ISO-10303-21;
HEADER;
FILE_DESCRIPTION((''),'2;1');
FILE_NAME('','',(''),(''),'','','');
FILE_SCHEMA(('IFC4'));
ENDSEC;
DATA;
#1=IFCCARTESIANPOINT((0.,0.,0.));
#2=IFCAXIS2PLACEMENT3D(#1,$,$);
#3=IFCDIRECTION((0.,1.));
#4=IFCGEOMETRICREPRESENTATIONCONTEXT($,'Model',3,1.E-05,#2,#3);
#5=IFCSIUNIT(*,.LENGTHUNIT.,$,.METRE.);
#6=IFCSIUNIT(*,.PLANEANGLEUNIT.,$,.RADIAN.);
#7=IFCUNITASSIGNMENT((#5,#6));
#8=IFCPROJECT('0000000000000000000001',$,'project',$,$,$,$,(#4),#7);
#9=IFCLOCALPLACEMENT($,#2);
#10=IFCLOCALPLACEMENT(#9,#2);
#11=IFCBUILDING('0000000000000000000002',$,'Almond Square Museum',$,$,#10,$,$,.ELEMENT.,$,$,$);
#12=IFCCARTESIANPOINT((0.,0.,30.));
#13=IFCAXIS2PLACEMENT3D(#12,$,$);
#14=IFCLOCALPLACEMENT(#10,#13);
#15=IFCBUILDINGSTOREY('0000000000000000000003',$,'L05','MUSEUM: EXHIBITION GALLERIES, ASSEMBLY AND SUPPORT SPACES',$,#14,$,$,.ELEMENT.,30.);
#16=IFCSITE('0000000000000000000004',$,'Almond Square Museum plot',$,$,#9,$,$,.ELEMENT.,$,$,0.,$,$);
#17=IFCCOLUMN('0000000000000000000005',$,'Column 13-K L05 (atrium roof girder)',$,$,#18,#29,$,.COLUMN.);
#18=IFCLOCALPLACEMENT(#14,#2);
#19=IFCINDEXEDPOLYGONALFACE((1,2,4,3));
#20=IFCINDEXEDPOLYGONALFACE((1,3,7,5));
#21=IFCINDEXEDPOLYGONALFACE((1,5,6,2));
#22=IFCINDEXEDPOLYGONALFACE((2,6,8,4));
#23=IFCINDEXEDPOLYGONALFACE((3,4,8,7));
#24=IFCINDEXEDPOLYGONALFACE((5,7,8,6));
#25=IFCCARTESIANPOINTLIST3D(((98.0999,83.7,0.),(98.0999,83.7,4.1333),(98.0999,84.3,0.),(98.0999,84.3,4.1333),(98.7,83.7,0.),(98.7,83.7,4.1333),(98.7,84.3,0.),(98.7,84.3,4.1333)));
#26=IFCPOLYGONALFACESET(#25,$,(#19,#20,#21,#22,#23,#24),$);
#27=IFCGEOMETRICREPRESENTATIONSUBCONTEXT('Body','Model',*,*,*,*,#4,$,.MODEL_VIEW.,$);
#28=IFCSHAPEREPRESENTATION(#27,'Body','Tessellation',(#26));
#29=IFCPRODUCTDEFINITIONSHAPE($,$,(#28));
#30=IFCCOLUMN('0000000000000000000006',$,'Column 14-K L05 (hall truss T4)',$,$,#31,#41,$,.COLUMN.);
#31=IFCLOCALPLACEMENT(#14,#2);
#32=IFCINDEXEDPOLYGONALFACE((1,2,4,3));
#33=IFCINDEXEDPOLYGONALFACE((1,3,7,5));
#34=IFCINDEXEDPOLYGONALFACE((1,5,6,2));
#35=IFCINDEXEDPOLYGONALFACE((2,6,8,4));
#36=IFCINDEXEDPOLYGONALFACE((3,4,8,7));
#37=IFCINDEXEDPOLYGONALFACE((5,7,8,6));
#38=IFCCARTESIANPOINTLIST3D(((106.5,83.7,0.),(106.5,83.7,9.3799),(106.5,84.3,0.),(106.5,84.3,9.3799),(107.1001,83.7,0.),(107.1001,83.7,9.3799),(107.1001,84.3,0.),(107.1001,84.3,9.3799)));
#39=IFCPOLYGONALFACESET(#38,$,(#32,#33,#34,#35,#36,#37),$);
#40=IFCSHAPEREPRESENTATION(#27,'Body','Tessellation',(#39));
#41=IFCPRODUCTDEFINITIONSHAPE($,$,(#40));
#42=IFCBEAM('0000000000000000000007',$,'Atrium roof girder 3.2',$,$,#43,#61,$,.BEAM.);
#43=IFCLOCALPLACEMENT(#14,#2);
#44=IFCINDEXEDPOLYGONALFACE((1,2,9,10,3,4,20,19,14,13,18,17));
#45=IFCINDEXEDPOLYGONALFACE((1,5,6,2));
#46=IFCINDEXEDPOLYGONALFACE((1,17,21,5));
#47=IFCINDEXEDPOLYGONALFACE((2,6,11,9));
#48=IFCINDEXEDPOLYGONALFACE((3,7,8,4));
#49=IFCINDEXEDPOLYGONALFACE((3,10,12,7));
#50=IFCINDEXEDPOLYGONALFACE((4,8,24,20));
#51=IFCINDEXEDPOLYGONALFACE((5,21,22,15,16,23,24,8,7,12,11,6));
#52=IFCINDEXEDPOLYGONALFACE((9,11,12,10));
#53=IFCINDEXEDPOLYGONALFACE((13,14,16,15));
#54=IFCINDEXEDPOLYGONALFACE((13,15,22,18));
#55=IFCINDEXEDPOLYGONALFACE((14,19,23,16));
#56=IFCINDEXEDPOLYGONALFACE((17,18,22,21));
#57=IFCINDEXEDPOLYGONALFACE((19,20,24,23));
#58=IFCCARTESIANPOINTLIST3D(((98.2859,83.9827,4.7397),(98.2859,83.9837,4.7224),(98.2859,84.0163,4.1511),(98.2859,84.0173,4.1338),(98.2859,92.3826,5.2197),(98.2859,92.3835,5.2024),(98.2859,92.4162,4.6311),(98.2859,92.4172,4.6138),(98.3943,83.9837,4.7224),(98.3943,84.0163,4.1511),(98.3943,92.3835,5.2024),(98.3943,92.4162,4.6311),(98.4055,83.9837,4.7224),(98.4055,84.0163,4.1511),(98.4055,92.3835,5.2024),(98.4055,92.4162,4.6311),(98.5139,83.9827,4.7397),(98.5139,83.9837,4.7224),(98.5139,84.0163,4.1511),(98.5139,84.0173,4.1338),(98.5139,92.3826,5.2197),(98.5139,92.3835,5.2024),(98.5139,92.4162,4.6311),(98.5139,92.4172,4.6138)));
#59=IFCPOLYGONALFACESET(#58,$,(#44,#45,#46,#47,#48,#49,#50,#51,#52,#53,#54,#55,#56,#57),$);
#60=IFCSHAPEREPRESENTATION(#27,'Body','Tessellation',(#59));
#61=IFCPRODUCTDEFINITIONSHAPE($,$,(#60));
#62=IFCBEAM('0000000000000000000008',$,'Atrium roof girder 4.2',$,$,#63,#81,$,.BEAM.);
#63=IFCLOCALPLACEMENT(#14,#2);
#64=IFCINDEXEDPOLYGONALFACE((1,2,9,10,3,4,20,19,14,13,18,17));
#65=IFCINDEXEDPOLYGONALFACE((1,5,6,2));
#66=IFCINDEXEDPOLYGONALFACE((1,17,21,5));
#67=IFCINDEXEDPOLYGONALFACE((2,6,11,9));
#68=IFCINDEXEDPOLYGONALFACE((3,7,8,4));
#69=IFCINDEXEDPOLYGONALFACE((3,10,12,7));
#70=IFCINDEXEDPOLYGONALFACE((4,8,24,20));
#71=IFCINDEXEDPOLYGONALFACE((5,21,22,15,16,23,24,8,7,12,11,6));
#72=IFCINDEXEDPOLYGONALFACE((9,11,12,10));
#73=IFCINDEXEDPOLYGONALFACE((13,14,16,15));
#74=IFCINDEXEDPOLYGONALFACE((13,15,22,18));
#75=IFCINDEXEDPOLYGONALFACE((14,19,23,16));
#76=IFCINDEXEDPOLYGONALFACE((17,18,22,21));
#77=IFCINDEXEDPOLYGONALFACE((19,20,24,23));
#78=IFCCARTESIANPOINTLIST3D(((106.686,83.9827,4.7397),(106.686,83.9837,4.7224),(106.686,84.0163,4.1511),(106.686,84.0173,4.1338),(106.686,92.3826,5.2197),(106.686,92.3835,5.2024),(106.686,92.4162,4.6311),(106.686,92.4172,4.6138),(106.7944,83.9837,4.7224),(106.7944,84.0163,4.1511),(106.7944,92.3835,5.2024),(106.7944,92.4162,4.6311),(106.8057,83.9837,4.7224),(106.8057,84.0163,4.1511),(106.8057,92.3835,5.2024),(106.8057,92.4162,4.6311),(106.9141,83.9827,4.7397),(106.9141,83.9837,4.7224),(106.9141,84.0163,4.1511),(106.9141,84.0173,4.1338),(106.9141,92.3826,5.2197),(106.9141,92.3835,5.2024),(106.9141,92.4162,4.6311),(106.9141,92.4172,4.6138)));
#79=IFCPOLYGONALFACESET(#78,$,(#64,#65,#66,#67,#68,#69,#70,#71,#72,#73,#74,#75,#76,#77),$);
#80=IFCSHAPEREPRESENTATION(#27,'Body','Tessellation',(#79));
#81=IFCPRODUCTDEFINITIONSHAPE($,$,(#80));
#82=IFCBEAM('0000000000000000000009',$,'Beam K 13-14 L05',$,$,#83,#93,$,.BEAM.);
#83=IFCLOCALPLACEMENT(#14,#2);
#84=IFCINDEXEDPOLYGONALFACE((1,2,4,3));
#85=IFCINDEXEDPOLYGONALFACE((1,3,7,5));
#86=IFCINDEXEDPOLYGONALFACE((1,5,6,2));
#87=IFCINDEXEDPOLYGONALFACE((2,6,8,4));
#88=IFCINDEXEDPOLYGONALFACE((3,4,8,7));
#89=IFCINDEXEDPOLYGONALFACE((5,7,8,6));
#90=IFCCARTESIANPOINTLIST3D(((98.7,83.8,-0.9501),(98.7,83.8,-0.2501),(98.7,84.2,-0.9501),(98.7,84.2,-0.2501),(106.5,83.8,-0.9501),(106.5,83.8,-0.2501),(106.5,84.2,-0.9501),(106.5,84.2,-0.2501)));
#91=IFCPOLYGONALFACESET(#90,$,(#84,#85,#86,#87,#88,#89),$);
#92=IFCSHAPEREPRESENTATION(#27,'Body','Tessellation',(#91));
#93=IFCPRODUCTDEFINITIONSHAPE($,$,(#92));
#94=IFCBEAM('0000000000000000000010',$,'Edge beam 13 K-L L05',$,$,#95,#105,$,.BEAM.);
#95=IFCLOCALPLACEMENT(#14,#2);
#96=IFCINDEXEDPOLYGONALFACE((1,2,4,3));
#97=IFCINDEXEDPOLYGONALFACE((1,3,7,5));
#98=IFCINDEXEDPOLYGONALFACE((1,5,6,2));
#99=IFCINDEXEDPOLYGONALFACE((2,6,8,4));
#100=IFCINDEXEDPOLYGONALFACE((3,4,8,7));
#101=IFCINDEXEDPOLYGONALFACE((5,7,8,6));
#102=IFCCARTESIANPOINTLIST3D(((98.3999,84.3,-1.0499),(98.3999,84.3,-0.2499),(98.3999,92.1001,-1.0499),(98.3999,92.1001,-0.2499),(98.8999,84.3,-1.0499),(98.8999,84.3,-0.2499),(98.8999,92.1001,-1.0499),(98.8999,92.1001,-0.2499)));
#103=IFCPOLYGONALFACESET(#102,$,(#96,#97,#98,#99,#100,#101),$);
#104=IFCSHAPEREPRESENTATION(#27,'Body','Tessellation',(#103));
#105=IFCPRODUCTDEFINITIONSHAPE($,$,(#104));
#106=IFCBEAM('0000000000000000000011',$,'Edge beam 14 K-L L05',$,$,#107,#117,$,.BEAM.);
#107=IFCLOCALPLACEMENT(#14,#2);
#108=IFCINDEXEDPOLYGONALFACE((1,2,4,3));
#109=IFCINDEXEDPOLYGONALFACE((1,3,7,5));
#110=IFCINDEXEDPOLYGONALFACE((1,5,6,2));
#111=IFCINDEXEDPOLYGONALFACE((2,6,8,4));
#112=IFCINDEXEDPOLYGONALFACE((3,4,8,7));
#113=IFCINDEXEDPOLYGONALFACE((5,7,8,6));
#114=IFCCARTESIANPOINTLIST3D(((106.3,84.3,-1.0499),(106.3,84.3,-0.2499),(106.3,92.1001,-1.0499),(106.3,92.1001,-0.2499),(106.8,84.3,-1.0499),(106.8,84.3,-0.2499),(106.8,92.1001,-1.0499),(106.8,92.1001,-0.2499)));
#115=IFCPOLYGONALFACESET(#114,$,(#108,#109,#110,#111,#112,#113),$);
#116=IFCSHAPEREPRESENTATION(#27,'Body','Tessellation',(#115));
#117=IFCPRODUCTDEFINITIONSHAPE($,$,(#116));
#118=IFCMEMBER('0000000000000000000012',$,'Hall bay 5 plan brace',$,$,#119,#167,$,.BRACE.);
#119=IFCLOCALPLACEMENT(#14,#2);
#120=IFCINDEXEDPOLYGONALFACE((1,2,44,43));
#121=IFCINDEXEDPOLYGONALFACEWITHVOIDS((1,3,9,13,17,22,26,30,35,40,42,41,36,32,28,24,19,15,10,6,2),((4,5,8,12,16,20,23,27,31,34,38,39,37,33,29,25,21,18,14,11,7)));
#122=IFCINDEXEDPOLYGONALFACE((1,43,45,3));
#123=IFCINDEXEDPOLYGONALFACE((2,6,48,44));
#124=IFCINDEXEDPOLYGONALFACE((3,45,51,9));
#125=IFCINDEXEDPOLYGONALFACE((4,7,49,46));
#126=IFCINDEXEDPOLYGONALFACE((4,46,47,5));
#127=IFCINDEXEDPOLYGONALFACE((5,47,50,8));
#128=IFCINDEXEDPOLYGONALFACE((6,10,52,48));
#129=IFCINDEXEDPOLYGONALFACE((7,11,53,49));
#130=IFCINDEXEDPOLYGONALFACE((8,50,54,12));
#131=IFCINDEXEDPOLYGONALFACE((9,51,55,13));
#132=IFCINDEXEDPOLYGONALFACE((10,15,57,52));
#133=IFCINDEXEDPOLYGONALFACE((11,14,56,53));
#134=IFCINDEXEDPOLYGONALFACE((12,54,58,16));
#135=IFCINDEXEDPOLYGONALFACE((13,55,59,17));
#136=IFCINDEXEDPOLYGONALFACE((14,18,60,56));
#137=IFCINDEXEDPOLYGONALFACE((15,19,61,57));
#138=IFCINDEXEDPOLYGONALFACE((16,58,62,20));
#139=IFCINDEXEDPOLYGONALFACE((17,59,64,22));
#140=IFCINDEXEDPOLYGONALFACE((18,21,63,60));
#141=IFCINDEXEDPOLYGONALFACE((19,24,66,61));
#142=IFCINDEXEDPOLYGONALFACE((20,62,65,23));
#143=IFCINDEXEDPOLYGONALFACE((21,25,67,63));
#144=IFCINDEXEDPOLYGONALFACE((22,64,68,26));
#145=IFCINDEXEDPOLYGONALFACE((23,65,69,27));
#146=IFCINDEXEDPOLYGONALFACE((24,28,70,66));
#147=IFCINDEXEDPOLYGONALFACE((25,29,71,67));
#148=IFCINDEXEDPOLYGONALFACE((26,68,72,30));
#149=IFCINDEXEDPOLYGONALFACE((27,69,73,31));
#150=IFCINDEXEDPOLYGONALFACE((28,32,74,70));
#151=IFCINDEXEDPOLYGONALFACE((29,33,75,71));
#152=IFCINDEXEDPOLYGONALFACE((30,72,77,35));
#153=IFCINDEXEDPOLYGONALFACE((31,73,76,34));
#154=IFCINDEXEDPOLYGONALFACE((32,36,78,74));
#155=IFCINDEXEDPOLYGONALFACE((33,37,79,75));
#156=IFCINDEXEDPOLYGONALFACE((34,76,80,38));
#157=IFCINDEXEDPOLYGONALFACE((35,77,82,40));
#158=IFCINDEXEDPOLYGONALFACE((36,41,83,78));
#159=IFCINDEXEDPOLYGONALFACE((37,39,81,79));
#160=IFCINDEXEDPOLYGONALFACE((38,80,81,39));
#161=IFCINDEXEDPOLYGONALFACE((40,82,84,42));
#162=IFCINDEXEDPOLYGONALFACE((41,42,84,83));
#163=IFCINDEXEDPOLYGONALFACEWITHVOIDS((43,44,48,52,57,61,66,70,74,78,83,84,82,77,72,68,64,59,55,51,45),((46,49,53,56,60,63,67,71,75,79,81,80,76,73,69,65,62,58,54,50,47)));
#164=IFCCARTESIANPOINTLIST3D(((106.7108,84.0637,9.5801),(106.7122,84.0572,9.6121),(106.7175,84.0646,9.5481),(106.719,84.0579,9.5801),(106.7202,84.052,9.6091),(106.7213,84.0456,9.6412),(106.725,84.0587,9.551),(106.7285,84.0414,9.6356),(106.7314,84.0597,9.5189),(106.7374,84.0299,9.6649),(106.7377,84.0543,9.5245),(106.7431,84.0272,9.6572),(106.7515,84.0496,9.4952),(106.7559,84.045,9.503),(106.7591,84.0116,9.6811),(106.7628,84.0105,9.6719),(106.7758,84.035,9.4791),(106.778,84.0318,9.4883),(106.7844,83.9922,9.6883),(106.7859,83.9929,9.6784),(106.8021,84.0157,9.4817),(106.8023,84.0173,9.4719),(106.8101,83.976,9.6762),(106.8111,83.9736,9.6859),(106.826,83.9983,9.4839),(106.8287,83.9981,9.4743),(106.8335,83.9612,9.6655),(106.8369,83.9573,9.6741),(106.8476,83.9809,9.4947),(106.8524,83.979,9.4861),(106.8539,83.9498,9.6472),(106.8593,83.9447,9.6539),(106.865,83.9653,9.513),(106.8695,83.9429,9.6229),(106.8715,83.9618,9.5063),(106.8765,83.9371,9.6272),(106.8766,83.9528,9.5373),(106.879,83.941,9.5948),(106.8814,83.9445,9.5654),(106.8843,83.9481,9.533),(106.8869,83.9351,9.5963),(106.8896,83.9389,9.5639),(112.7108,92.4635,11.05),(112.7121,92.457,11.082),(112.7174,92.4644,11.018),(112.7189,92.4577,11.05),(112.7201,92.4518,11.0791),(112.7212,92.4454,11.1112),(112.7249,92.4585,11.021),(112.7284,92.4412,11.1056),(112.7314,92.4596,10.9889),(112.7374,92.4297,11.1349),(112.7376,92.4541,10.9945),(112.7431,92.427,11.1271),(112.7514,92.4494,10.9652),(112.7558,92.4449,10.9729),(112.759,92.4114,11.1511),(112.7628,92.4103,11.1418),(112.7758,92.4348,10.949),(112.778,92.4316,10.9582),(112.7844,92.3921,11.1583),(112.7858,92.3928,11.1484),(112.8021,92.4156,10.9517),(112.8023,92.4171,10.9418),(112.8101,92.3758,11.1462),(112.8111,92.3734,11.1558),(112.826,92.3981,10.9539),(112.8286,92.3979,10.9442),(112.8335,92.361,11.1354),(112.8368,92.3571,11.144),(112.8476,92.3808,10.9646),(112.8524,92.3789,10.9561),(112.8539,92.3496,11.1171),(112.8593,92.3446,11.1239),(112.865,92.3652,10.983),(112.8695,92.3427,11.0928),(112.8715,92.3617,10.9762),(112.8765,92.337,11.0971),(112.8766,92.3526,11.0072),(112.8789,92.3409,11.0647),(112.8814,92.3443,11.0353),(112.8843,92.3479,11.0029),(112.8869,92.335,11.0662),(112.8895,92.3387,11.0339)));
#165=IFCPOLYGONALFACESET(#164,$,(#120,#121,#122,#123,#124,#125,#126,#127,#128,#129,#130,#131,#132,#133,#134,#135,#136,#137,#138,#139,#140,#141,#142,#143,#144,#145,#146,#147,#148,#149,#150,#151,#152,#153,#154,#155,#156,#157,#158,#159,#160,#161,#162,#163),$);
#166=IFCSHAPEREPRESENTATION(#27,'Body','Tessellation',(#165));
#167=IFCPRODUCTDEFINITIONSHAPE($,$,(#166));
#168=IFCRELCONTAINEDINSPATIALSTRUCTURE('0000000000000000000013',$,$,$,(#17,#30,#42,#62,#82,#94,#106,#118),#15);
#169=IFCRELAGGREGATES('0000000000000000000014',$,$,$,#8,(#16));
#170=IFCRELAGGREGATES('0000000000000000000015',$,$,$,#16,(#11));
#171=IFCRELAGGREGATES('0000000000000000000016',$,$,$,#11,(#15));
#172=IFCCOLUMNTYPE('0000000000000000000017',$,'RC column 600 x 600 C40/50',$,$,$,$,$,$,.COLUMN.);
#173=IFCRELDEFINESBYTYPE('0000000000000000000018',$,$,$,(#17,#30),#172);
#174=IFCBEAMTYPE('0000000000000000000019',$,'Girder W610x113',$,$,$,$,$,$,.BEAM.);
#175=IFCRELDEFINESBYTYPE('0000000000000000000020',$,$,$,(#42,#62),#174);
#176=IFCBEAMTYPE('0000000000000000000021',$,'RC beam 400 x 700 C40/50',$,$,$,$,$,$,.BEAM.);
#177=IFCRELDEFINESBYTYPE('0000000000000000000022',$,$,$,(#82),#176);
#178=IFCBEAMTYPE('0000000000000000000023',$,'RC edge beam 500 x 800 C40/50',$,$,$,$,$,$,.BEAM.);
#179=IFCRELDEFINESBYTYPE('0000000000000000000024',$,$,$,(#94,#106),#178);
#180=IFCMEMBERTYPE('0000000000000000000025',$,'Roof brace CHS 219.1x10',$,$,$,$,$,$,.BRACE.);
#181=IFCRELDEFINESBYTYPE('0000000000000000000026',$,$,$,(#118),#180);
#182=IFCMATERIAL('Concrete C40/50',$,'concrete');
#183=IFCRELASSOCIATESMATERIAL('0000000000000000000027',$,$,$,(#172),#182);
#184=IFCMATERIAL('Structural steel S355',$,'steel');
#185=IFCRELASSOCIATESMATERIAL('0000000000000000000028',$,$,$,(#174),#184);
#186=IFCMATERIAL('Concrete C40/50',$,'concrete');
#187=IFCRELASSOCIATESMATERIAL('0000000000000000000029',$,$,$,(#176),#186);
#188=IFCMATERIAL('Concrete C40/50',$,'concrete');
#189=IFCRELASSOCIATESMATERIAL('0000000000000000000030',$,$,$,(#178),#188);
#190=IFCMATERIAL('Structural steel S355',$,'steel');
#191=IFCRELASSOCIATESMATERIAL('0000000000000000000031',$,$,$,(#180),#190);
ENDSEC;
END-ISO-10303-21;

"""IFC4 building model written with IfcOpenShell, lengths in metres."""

from ifc_helpers import new_model, si_unit, direction, frame, origin, origin_2d, place, context, subcontext, project, spatial, rectangle, hollow_circle, i_section, extrude, material, material_profile, profile_set, type_object, element, save


model = new_model("IFC4")

# Units and contexts
model_context = context("Model", 3, precision=1e-05, world=origin(), true_north=direction((0.0, 1.0)))
body_context = subcontext(model_context, "Body", "Model", "MODEL_VIEW")
ifc_project = project(units=[si_unit("LENGTHUNIT", "METRE"), si_unit("PLANEANGLEUNIT", "RADIAN")], contexts=[model_context])

# Site, building, storey
site_placement = place(None, origin())
site = spatial("IfcSite", under=ifc_project, at=site_placement, Name="Almond Square Museum plot", CompositionType="ELEMENT", RefElevation=0.0)
building_placement = place(site_placement, origin())
building = spatial("IfcBuilding", under=site, at=building_placement, Name="Almond Square Museum", CompositionType="ELEMENT")
storey_placement = place(building_placement, frame((0.0, 0.0, 30.0)))
storey = spatial("IfcBuildingStorey", under=building, at=storey_placement, Name="L05", Description="MUSEUM: EXHIBITION GALLERIES, ASSEMBLY AND SUPPORT SPACES", CompositionType="ELEMENT", Elevation=30.0)

# Columns
ifc_material_1 = material(Name="Concrete C40/50", Category="concrete")
ifc_material_profile_1 = material_profile(ifc_material_1, rectangle(XDim=0.6001, YDim=0.6001, at=origin_2d()))
ifc_profile_set_1 = profile_set([ifc_material_profile_1], Name="Concrete C40/50")
column_type = type_object("IfcColumnType", Name="RC column 600 x 600 C40/50", PredefinedType="COLUMN", material=ifc_profile_set_1)
column_1_placement = place(storey_placement, frame((98.3999, 84.0, 0.0), z_axis=(0.0, 0.0, 1.0), x_axis=(1.0, 0.0, 0.0)))
element("IfcColumn", 1, at=column_1_placement, inside=storey, type_object=column_type, Name="Column 13-K L05 (atrium roof girder)", PredefinedType="COLUMN", context=body_context, shape_type="SweptSolid", body=[
    extrude(rectangle(XDim=0.6001, YDim=0.6001, at=origin_2d()), origin(), (0.0, 0.0, 1.0), 4.1333),
])
column_2_placement = place(storey_placement, frame((106.8, 84.0, 0.0), z_axis=(0.0, 0.0, 1.0), x_axis=(1.0, 0.0, 0.0)))
element("IfcColumn", 2, at=column_2_placement, inside=storey, type_object=column_type, Name="Column 14-K L05 (hall truss T4)", PredefinedType="COLUMN", context=body_context, shape_type="SweptSolid", body=[
    extrude(rectangle(XDim=0.6001, YDim=0.6001, at=origin_2d()), origin(), (0.0, 0.0, 1.0), 9.3799),
])

# Beams
ifc_material_2 = material(Name="Structural steel S355", Category="steel")
ifc_material_profile_2 = material_profile(ifc_material_2, i_section(OverallWidth=0.228, OverallDepth=0.6069, WebThickness=0.0112, FlangeThickness=0.0173, at=origin_2d()))
ifc_profile_set_2 = profile_set([ifc_material_profile_2], Name="Structural steel S355")
beam_type_1 = type_object("IfcBeamType", Name="Girder W610x113", PredefinedType="BEAM", material=ifc_profile_set_2)
for number, where, z_axis, x_axis, name in (
    (3, (98.3999, 84.0, 4.4368), (0.0, 0.998371, 0.057048), (-1.0, 0.0, 0.0), "Atrium roof girder 3.2"),
    (4, (106.8, 84.0, 4.4368), (0.0, 0.998371, 0.057048), (-1.0, 0.0, 0.0), "Atrium roof girder 4.2"),
):
    element("IfcBeam", number, at=place(storey_placement, frame(where, z_axis=z_axis, x_axis=x_axis)), inside=storey, type_object=beam_type_1, Name=name, PredefinedType="BEAM", context=body_context, shape_type="SweptSolid", body=[
        extrude(i_section(OverallWidth=0.228, OverallDepth=0.6069, WebThickness=0.0112, FlangeThickness=0.0173, at=origin_2d()), origin(), (0.0, 0.0, 1.0), 8.4136),
    ])
ifc_material_3 = material(Name="Concrete C40/50", Category="concrete")
ifc_material_profile_3 = material_profile(ifc_material_3, rectangle(XDim=0.3999, YDim=0.7, at=origin_2d()))
ifc_profile_set_3 = profile_set([ifc_material_profile_3], Name="Concrete C40/50")
beam_type_2 = type_object("IfcBeamType", Name="RC beam 400 x 700 C40/50", PredefinedType="BEAM", material=ifc_profile_set_3)
beam_placement = place(storey_placement, frame((98.7, 84.0, -0.6001), z_axis=(1.0, 0.0, 0.0), x_axis=(0.0, 1.0, 0.0)))
element("IfcBeam", 5, at=beam_placement, inside=storey, type_object=beam_type_2, Name="Beam K 13-14 L05", PredefinedType="BEAM", context=body_context, shape_type="SweptSolid", body=[
    extrude(rectangle(XDim=0.3999, YDim=0.7, at=origin_2d()), origin(), (0.0, 0.0, 1.0), 7.8),
])
ifc_material_4 = material(Name="Concrete C40/50", Category="concrete")
ifc_material_profile_4 = material_profile(ifc_material_4, rectangle(XDim=0.5, YDim=0.8, at=origin_2d()))
ifc_profile_set_4 = profile_set([ifc_material_profile_4], Name="Concrete C40/50")
beam_type_3 = type_object("IfcBeamType", Name="RC edge beam 500 x 800 C40/50", PredefinedType="BEAM", material=ifc_profile_set_4)
for number, where, z_axis, x_axis, name in (
    (6, (98.6499, 84.3, -0.6499), (0.0, 1.0, 0.0), (-1.0, 0.0, 0.0), "Edge beam 13 K-L L05"),
    (7, (106.55, 84.3, -0.6499), (0.0, 1.0, 0.0), (-1.0, 0.0, 0.0), "Edge beam 14 K-L L05"),
):
    element("IfcBeam", number, at=place(storey_placement, frame(where, z_axis=z_axis, x_axis=x_axis)), inside=storey, type_object=beam_type_3, Name=name, PredefinedType="BEAM", context=body_context, shape_type="SweptSolid", body=[
        extrude(rectangle(XDim=0.5, YDim=0.8, at=origin_2d()), origin(), (0.0, 0.0, 1.0), 7.8),
    ])

# Member
ifc_material_5 = material(Name="Structural steel S355", Category="steel")
ifc_material_profile_5 = material_profile(ifc_material_5, hollow_circle(Radius=0.1096, WallThickness=0.01, at=origin_2d()))
ifc_profile_set_5 = profile_set([ifc_material_profile_5], Name="Structural steel S355")
member_type_1 = type_object("IfcMemberType", Name="Roof brace CHS 219.1x10", PredefinedType="BRACE", material=ifc_profile_set_5)
member_1_placement = place(storey_placement, frame((106.8, 84.0, 9.5801), z_axis=(0.575438, 0.805603, 0.140979), x_axis=(-0.81373, 0.581243, 0.0)))
element("IfcMember", 8, at=member_1_placement, inside=storey, type_object=member_type_1, Name="Hall bay 5 plan brace", PredefinedType="BRACE", context=body_context, shape_type="SweptSolid", body=[
    extrude(hollow_circle(Radius=0.1096, WallThickness=0.01, at=origin_2d()), origin(), (0.0, 0.0, 1.0), 10.4268),
])

save(model, "model.ifc")
